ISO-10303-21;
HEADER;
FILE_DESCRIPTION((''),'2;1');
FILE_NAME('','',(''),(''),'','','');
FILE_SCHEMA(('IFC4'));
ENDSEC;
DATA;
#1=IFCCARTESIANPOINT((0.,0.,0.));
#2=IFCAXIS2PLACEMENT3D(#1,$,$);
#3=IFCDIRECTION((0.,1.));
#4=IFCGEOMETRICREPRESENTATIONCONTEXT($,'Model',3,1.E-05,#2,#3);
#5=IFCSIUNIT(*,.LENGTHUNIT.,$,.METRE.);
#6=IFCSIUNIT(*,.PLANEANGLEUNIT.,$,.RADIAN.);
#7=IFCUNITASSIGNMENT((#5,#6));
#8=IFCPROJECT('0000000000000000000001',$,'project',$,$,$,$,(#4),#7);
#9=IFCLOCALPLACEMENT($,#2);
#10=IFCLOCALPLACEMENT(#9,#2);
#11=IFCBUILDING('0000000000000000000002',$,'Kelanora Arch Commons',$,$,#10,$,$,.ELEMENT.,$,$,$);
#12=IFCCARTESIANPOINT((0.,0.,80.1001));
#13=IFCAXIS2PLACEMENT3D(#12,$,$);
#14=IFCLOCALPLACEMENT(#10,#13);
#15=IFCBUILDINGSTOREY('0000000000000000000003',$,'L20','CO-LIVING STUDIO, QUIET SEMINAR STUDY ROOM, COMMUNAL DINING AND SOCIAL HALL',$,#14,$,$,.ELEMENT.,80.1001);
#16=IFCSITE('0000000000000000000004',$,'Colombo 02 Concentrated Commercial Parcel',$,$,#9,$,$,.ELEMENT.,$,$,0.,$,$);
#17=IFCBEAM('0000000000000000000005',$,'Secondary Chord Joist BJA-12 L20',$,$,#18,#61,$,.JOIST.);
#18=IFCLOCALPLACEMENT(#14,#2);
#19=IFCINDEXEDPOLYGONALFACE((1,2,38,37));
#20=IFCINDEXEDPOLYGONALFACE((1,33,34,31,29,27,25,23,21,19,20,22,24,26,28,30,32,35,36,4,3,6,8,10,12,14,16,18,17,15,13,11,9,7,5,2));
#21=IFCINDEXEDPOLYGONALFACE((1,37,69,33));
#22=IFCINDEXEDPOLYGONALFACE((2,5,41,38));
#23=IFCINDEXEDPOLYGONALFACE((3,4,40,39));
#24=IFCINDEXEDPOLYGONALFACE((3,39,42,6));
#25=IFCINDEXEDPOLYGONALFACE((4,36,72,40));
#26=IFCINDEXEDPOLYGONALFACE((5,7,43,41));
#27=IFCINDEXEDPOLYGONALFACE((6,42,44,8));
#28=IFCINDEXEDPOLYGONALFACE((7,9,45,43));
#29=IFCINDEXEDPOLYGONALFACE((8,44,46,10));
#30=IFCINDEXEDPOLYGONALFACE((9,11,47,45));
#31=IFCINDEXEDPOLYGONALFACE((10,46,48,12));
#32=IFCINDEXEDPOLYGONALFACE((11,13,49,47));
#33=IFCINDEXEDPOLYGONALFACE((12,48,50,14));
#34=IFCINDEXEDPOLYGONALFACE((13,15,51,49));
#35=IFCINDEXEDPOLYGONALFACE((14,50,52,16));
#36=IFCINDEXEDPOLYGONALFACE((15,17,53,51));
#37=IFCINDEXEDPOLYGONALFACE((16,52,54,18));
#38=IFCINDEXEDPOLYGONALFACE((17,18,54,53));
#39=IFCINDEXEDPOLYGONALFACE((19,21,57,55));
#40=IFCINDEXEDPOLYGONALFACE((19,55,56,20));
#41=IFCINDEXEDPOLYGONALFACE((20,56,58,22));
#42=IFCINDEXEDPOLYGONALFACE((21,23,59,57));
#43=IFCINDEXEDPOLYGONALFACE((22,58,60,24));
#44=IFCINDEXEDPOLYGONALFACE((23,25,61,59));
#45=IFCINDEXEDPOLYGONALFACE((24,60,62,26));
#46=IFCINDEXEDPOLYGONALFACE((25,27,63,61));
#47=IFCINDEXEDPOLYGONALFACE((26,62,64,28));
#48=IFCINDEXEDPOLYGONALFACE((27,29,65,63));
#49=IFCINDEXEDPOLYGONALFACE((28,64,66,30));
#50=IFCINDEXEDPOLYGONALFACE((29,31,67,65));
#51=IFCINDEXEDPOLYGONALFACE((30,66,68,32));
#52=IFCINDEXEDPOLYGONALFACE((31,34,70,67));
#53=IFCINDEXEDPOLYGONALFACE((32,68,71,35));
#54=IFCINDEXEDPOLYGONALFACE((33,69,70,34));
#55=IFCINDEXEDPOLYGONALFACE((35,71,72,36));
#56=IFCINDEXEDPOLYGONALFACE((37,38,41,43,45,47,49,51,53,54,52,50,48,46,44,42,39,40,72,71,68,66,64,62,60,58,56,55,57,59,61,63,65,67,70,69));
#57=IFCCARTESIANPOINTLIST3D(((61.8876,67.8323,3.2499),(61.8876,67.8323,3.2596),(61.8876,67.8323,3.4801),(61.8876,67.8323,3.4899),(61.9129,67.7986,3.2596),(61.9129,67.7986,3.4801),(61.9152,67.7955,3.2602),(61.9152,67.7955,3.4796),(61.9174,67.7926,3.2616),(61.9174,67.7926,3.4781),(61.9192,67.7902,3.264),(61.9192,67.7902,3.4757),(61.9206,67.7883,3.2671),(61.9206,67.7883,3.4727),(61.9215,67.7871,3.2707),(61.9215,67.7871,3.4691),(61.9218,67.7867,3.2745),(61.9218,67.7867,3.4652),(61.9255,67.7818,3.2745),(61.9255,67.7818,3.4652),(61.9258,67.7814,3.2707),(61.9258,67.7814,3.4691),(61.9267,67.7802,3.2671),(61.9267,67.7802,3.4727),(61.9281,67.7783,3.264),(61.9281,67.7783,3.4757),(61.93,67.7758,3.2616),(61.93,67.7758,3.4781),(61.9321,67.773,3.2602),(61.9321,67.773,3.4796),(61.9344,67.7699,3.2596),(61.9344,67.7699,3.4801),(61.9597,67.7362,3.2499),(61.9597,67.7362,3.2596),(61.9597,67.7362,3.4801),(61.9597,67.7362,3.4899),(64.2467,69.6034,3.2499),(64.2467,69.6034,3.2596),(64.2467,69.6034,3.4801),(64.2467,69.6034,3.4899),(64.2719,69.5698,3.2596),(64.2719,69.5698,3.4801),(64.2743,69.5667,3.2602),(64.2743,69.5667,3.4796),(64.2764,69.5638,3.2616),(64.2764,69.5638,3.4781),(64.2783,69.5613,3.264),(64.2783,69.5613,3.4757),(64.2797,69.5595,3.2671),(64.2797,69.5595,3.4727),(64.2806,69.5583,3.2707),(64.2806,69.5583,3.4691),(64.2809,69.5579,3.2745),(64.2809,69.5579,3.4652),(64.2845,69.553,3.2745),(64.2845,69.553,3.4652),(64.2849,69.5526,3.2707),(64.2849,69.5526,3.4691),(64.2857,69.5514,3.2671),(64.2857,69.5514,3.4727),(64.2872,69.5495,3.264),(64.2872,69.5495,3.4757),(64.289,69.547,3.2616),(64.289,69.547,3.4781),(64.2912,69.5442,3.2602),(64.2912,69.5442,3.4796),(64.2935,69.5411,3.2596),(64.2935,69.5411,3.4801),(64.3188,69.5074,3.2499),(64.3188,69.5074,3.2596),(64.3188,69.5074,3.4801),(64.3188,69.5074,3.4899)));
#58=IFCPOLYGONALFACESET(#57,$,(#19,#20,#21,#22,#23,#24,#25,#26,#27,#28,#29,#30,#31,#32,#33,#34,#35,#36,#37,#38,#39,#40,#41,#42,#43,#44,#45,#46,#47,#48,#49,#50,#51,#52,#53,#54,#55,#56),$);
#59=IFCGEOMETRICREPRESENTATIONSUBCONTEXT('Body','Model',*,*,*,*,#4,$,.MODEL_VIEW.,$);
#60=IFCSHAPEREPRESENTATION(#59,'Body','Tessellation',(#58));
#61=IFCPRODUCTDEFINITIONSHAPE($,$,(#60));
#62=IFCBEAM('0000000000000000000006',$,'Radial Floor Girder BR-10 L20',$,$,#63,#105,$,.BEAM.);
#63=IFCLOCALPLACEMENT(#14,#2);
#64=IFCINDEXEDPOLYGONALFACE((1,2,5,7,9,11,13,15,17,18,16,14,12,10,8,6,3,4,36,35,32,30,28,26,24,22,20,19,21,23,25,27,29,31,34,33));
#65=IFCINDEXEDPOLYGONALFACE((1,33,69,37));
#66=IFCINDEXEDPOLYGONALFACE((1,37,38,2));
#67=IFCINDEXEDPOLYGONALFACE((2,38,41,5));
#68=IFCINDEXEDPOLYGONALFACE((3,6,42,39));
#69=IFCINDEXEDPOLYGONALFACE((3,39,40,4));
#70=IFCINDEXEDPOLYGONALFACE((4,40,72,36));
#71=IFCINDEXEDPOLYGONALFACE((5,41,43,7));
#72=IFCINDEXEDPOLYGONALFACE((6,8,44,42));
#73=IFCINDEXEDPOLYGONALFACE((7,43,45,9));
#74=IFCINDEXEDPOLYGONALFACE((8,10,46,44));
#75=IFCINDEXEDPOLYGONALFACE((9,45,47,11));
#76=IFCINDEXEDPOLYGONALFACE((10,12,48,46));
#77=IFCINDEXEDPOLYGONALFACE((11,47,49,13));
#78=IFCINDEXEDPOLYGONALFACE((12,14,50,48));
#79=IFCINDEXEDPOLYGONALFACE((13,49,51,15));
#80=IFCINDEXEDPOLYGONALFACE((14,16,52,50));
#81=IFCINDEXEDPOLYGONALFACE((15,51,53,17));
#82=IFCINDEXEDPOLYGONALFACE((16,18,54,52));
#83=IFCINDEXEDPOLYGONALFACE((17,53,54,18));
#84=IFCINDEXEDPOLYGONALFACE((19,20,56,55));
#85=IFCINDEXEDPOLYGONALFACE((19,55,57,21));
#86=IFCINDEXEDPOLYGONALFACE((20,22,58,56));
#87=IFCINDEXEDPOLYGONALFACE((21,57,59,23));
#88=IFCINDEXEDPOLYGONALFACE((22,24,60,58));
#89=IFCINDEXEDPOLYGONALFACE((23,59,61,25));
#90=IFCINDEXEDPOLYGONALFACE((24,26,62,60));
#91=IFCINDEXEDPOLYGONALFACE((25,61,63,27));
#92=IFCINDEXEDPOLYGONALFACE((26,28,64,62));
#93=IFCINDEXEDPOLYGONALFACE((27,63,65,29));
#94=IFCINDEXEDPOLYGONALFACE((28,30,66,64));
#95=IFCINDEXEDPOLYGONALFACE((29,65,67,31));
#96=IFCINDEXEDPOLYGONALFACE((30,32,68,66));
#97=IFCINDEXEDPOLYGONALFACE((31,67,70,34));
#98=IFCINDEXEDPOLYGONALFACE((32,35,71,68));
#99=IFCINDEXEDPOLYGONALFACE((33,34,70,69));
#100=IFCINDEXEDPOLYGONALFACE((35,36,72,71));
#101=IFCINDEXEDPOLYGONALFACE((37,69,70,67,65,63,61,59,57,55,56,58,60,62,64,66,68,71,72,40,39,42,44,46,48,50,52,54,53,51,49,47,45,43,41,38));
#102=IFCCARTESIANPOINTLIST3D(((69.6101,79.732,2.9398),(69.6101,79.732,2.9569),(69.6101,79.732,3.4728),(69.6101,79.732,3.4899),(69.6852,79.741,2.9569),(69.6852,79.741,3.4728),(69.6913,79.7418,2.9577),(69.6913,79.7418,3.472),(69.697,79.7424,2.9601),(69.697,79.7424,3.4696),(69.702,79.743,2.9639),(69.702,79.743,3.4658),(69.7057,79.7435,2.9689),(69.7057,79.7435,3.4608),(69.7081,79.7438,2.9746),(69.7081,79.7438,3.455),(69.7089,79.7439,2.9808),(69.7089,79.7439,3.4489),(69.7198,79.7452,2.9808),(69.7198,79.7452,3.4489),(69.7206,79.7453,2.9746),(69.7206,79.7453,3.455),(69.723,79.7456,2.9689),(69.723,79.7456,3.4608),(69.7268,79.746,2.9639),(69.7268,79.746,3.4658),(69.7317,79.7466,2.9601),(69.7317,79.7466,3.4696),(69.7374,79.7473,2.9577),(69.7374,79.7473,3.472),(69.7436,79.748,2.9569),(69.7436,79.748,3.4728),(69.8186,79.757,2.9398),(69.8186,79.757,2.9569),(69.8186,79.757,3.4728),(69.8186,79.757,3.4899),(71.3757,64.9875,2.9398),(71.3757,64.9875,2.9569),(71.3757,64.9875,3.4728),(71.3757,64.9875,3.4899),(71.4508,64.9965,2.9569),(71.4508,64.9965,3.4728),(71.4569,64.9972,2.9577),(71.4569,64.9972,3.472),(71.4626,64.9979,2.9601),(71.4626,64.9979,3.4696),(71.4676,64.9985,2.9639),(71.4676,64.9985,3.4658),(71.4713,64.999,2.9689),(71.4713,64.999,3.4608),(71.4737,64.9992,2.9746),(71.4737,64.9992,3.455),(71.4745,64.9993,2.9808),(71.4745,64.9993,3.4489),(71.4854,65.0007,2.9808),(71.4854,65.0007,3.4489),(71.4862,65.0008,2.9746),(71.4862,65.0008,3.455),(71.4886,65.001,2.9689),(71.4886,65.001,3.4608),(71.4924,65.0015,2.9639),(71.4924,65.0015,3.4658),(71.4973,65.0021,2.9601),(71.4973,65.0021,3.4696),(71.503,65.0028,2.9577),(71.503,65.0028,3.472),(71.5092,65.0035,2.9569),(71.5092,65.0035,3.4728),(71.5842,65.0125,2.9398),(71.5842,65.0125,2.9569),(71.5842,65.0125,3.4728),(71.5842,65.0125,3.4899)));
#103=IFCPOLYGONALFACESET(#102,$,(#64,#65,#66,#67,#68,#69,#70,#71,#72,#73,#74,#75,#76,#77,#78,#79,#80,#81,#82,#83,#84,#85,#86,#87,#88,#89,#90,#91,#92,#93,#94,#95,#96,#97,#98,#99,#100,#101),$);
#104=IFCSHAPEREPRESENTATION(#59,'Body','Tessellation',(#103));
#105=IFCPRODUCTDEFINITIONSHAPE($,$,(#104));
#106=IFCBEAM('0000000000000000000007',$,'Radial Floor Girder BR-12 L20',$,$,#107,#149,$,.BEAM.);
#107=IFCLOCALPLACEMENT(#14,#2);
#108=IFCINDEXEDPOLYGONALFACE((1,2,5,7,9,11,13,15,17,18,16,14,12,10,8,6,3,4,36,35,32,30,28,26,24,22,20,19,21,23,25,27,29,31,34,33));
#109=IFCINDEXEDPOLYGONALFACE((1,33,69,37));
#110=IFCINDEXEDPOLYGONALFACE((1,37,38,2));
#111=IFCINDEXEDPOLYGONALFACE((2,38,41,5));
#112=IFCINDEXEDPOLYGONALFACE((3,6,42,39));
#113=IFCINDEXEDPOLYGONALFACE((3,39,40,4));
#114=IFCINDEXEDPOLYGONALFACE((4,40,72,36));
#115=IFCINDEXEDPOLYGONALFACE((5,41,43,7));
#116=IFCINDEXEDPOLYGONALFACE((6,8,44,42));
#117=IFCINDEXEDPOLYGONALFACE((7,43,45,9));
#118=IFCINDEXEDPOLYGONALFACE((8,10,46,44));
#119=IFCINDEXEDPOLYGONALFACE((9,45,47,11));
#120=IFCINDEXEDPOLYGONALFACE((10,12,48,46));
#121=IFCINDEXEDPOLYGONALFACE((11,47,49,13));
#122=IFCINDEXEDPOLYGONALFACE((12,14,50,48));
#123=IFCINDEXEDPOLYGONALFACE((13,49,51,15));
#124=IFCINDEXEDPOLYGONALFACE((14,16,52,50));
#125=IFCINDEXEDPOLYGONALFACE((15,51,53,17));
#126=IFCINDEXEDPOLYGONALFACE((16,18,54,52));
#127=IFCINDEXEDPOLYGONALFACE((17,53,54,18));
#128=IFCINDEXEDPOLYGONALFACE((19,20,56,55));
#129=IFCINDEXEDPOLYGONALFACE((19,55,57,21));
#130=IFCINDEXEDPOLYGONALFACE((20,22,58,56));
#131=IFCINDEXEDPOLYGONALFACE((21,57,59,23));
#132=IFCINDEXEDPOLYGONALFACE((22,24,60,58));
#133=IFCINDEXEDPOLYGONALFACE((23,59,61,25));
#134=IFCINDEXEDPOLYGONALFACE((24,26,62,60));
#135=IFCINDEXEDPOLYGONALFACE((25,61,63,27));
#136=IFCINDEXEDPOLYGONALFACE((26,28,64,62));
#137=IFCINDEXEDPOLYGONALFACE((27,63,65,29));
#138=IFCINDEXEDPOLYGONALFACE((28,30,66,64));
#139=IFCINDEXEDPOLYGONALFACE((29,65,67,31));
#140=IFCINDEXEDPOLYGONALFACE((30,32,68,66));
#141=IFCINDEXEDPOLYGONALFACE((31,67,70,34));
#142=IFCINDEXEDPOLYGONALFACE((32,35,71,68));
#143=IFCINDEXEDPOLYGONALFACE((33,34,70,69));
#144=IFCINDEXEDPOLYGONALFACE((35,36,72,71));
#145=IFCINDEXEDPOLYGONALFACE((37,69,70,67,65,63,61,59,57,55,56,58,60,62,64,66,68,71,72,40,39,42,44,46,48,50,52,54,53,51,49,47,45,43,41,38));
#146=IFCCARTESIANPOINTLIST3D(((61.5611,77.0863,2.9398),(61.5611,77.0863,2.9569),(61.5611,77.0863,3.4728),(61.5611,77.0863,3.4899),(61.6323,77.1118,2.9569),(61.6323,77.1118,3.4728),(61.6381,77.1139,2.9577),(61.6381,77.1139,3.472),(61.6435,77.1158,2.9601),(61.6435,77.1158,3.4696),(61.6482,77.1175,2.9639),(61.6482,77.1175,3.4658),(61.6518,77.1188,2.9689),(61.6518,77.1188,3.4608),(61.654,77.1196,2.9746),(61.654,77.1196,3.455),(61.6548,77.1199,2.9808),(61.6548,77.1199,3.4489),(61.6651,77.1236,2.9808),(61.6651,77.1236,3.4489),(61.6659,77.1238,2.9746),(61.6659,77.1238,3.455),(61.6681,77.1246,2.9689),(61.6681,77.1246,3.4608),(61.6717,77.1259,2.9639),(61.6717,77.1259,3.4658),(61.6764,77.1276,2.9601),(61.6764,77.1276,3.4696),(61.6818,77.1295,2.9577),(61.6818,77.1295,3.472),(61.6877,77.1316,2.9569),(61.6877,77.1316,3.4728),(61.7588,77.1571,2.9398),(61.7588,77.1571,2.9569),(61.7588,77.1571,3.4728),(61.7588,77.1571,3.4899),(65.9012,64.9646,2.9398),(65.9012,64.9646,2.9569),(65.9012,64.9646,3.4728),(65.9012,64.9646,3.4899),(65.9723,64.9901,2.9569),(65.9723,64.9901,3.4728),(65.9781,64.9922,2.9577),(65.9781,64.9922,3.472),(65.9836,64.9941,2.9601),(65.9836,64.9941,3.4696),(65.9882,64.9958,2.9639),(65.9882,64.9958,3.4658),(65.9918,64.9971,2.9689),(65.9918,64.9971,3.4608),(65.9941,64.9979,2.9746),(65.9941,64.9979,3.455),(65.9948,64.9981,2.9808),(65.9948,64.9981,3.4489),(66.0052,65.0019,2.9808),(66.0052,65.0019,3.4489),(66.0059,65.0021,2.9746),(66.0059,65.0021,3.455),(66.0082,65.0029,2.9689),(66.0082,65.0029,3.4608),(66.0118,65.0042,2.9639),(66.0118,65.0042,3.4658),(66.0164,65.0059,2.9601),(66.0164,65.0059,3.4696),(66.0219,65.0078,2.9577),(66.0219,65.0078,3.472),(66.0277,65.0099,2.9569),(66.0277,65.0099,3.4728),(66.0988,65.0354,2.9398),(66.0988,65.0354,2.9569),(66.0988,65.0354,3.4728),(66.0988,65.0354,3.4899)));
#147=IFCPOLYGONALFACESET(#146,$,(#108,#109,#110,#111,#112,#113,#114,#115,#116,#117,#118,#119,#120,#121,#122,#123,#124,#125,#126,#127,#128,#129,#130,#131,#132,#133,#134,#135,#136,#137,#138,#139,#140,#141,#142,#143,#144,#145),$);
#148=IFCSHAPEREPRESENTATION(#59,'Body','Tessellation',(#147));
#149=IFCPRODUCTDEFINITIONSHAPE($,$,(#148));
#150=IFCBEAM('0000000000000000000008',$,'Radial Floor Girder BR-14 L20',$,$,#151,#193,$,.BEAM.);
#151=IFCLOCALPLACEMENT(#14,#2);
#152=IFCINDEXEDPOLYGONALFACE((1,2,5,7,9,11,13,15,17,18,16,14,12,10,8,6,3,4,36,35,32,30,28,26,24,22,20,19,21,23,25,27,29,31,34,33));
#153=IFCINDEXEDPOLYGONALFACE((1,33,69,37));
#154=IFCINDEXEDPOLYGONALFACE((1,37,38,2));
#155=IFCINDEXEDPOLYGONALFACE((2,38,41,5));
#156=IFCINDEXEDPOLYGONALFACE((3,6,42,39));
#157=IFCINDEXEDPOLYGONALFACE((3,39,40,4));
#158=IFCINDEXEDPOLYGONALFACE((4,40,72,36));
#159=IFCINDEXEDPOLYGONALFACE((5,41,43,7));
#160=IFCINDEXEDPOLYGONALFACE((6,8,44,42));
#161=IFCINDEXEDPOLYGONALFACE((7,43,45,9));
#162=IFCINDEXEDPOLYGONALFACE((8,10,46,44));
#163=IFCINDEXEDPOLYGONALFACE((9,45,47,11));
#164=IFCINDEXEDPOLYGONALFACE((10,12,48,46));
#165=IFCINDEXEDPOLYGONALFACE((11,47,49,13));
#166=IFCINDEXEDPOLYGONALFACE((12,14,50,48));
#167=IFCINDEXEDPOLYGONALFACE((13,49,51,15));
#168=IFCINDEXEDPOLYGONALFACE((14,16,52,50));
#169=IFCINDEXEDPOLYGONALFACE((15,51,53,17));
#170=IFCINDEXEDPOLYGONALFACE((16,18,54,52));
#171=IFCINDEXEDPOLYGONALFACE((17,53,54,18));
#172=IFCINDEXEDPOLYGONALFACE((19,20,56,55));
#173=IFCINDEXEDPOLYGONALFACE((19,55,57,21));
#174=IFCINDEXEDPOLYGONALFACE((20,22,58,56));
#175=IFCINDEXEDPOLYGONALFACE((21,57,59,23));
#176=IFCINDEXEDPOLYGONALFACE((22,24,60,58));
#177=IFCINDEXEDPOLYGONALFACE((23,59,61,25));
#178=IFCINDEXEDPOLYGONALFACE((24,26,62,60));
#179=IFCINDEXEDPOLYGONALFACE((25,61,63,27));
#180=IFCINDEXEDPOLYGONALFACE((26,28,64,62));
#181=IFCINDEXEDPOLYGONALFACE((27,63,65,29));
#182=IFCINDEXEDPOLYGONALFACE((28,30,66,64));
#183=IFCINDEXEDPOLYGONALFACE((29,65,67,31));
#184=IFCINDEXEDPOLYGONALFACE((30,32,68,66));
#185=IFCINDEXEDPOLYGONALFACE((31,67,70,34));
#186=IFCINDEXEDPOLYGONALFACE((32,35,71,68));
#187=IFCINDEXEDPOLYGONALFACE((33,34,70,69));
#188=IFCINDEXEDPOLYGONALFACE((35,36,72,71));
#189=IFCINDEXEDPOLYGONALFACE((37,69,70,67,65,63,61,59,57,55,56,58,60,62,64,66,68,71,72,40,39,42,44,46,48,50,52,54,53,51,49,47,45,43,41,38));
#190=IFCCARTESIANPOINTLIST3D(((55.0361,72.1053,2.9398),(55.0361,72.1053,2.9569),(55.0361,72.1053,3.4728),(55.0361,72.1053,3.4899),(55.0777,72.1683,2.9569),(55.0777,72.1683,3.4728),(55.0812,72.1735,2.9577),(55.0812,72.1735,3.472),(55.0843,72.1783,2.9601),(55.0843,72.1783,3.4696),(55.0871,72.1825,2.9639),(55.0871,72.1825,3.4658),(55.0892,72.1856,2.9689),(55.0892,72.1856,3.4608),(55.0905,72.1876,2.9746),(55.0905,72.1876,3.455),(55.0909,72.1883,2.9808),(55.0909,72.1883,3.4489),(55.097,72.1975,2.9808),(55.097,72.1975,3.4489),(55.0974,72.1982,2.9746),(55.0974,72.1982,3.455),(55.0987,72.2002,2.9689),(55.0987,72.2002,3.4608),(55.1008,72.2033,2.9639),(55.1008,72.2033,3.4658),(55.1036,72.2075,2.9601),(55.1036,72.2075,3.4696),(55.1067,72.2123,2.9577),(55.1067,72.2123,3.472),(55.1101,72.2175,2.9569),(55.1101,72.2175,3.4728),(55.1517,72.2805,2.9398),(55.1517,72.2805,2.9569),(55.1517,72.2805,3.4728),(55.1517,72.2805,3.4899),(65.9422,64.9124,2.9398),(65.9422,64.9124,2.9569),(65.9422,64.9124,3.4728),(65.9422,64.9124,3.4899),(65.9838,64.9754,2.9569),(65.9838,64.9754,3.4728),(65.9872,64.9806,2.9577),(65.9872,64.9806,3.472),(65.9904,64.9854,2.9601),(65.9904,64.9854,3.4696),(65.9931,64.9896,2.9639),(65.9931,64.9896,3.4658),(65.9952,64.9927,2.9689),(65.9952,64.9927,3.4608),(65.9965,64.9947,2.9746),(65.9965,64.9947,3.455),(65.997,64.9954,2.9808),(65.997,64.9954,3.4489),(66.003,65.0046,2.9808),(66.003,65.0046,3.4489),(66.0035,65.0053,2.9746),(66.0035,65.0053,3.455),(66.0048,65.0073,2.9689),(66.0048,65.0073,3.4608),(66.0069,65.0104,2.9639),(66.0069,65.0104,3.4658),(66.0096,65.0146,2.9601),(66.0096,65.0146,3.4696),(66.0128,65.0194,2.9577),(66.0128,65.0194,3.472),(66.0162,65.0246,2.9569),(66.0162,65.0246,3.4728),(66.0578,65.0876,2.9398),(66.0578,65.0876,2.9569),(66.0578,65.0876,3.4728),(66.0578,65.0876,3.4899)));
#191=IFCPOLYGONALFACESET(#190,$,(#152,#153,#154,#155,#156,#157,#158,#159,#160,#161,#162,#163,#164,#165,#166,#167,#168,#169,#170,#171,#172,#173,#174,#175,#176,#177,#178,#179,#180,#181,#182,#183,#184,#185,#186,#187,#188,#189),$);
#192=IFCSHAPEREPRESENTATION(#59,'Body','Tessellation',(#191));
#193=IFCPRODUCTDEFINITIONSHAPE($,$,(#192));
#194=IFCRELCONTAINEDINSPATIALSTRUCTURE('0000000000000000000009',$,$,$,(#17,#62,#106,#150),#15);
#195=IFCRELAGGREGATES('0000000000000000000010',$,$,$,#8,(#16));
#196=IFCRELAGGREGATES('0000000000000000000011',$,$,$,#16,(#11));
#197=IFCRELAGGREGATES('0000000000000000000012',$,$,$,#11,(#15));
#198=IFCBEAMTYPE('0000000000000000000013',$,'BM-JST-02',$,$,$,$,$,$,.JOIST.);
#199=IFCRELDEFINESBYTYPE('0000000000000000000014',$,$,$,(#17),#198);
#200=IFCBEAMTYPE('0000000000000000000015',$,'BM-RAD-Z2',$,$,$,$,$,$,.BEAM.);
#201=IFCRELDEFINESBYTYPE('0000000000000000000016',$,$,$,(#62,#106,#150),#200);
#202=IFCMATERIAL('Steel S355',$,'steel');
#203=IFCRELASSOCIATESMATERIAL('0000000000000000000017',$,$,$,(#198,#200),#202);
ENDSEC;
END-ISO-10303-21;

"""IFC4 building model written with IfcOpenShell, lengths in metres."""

from ifc_helpers import new_model, si_unit, direction, frame, origin, origin_2d, place, context, subcontext, project, spatial, i_section, extrude, material, material_profile, profile_set, type_object, element, save


model = new_model("IFC4")

# Units and contexts
model_context = context("Model", 3, precision=1e-05, world=origin(), true_north=direction((0.0, 1.0)))
body_context = subcontext(model_context, "Body", "Model", "MODEL_VIEW")
ifc_project = project(units=[si_unit("LENGTHUNIT", "METRE"), si_unit("PLANEANGLEUNIT", "RADIAN")], contexts=[model_context])

# Site, building, storey
site_placement = place(None, origin())
site = spatial("IfcSite", under=ifc_project, at=site_placement, Name="Colombo 02 Concentrated Commercial Parcel", CompositionType="ELEMENT", RefElevation=0.0)
building_placement = place(site_placement, origin())
building = spatial("IfcBuilding", under=site, at=building_placement, Name="Kelanora Arch Commons", CompositionType="ELEMENT")
storey_placement = place(building_placement, frame((0.0, 0.0, 80.1001)))
storey = spatial("IfcBuildingStorey", under=building, at=storey_placement, Name="L20", Description="CO-LIVING STUDIO, QUIET SEMINAR STUDY ROOM, COMMUNAL DINING AND SOCIAL HALL", CompositionType="ELEMENT", Elevation=80.1001)

# Beams
ifc_material_1 = material(Name="Steel S355", Category="steel")
ifc_material_profile_1 = material_profile(ifc_material_1, i_section(OverallWidth=0.1201, OverallDepth=0.24, WebThickness=0.0061, FlangeThickness=0.0098, FilletRadius=0.0149, at=origin_2d()), Name="IPE240")
ifc_profile_set_1 = profile_set([ifc_material_profile_1], Name="Steel S355")
beam_type_1 = type_object("IfcBeamType", Name="BM-JST-02", PredefinedType="JOIST", material=ifc_profile_set_1)
beam_1_placement = place(storey_placement, frame((64.2827, 69.5554, 3.3699), z_axis=(-0.799692, -0.60041, 0.0), x_axis=(0.60041, -0.799692, 0.0)))
element("IfcBeam", 1, at=beam_1_placement, inside=storey, type_object=beam_type_1, Name="Secondary Chord Joist BJA-12 L20", PredefinedType="JOIST", context=body_context, shape_type="SweptSolid", body=[
    extrude(i_section(OverallWidth=0.1201, OverallDepth=0.24, WebThickness=0.0061, FlangeThickness=0.0098, FilletRadius=0.0149, at=origin_2d()), origin(), (0.0, 0.0, 1.0), 2.95),
])
ifc_material_profile_2 = material_profile(ifc_material_1, i_section(OverallWidth=0.21, OverallDepth=0.55, WebThickness=0.011, FlangeThickness=0.0171, FilletRadius=0.0239, at=origin_2d()), Name="IPE550")
ifc_profile_set_2 = profile_set([ifc_material_profile_2], Name="Steel S355")
beam_type_2 = type_object("IfcBeamType", Name="BM-RAD-Z2", PredefinedType="BEAM", material=ifc_profile_set_2)
beam_2_placement = place(storey_placement, frame((71.48, 65.0, 3.2148), z_axis=(-0.118898, 0.992907, 0.0), x_axis=(-0.992907, -0.118898, 0.0)))
element("IfcBeam", 2, at=beam_2_placement, inside=storey, type_object=beam_type_2, Name="Radial Floor Girder BR-10 L20", PredefinedType="BEAM", context=body_context, shape_type="SweptSolid", body=[
    extrude(i_section(OverallWidth=0.21, OverallDepth=0.55, WebThickness=0.011, FlangeThickness=0.0171, FilletRadius=0.0239, at=origin_2d()), origin(), (0.0, 0.0, 1.0), 14.8499),
])
beam_3_placement = place(storey_placement, frame((66.0, 65.0, 3.2148), z_axis=(-0.337085, 0.941474, 0.0), x_axis=(-0.941474, -0.337085, 0.0)))
element("IfcBeam", 3, at=beam_3_placement, inside=storey, type_object=beam_type_2, Name="Radial Floor Girder BR-12 L20", PredefinedType="BEAM", context=body_context, shape_type="SweptSolid", body=[
    extrude(i_section(OverallWidth=0.21, OverallDepth=0.55, WebThickness=0.011, FlangeThickness=0.0171, FilletRadius=0.0239, at=origin_2d()), origin(), (0.0, 0.0, 1.0), 12.8752),
])
beam_4_placement = place(storey_placement, frame((66.0, 65.0, 3.2148), z_axis=(-0.834789, 0.550571, 0.0), x_axis=(-0.550571, -0.834789, 0.0)))
element("IfcBeam", 4, at=beam_4_placement, inside=storey, type_object=beam_type_2, Name="Radial Floor Girder BR-14 L20", PredefinedType="BEAM", context=body_context, shape_type="SweptSolid", body=[
    extrude(i_section(OverallWidth=0.21, OverallDepth=0.55, WebThickness=0.011, FlangeThickness=0.0171, FilletRadius=0.0239, at=origin_2d()), origin(), (0.0, 0.0, 1.0), 13.0645),
])

save(model, "model.ifc")
